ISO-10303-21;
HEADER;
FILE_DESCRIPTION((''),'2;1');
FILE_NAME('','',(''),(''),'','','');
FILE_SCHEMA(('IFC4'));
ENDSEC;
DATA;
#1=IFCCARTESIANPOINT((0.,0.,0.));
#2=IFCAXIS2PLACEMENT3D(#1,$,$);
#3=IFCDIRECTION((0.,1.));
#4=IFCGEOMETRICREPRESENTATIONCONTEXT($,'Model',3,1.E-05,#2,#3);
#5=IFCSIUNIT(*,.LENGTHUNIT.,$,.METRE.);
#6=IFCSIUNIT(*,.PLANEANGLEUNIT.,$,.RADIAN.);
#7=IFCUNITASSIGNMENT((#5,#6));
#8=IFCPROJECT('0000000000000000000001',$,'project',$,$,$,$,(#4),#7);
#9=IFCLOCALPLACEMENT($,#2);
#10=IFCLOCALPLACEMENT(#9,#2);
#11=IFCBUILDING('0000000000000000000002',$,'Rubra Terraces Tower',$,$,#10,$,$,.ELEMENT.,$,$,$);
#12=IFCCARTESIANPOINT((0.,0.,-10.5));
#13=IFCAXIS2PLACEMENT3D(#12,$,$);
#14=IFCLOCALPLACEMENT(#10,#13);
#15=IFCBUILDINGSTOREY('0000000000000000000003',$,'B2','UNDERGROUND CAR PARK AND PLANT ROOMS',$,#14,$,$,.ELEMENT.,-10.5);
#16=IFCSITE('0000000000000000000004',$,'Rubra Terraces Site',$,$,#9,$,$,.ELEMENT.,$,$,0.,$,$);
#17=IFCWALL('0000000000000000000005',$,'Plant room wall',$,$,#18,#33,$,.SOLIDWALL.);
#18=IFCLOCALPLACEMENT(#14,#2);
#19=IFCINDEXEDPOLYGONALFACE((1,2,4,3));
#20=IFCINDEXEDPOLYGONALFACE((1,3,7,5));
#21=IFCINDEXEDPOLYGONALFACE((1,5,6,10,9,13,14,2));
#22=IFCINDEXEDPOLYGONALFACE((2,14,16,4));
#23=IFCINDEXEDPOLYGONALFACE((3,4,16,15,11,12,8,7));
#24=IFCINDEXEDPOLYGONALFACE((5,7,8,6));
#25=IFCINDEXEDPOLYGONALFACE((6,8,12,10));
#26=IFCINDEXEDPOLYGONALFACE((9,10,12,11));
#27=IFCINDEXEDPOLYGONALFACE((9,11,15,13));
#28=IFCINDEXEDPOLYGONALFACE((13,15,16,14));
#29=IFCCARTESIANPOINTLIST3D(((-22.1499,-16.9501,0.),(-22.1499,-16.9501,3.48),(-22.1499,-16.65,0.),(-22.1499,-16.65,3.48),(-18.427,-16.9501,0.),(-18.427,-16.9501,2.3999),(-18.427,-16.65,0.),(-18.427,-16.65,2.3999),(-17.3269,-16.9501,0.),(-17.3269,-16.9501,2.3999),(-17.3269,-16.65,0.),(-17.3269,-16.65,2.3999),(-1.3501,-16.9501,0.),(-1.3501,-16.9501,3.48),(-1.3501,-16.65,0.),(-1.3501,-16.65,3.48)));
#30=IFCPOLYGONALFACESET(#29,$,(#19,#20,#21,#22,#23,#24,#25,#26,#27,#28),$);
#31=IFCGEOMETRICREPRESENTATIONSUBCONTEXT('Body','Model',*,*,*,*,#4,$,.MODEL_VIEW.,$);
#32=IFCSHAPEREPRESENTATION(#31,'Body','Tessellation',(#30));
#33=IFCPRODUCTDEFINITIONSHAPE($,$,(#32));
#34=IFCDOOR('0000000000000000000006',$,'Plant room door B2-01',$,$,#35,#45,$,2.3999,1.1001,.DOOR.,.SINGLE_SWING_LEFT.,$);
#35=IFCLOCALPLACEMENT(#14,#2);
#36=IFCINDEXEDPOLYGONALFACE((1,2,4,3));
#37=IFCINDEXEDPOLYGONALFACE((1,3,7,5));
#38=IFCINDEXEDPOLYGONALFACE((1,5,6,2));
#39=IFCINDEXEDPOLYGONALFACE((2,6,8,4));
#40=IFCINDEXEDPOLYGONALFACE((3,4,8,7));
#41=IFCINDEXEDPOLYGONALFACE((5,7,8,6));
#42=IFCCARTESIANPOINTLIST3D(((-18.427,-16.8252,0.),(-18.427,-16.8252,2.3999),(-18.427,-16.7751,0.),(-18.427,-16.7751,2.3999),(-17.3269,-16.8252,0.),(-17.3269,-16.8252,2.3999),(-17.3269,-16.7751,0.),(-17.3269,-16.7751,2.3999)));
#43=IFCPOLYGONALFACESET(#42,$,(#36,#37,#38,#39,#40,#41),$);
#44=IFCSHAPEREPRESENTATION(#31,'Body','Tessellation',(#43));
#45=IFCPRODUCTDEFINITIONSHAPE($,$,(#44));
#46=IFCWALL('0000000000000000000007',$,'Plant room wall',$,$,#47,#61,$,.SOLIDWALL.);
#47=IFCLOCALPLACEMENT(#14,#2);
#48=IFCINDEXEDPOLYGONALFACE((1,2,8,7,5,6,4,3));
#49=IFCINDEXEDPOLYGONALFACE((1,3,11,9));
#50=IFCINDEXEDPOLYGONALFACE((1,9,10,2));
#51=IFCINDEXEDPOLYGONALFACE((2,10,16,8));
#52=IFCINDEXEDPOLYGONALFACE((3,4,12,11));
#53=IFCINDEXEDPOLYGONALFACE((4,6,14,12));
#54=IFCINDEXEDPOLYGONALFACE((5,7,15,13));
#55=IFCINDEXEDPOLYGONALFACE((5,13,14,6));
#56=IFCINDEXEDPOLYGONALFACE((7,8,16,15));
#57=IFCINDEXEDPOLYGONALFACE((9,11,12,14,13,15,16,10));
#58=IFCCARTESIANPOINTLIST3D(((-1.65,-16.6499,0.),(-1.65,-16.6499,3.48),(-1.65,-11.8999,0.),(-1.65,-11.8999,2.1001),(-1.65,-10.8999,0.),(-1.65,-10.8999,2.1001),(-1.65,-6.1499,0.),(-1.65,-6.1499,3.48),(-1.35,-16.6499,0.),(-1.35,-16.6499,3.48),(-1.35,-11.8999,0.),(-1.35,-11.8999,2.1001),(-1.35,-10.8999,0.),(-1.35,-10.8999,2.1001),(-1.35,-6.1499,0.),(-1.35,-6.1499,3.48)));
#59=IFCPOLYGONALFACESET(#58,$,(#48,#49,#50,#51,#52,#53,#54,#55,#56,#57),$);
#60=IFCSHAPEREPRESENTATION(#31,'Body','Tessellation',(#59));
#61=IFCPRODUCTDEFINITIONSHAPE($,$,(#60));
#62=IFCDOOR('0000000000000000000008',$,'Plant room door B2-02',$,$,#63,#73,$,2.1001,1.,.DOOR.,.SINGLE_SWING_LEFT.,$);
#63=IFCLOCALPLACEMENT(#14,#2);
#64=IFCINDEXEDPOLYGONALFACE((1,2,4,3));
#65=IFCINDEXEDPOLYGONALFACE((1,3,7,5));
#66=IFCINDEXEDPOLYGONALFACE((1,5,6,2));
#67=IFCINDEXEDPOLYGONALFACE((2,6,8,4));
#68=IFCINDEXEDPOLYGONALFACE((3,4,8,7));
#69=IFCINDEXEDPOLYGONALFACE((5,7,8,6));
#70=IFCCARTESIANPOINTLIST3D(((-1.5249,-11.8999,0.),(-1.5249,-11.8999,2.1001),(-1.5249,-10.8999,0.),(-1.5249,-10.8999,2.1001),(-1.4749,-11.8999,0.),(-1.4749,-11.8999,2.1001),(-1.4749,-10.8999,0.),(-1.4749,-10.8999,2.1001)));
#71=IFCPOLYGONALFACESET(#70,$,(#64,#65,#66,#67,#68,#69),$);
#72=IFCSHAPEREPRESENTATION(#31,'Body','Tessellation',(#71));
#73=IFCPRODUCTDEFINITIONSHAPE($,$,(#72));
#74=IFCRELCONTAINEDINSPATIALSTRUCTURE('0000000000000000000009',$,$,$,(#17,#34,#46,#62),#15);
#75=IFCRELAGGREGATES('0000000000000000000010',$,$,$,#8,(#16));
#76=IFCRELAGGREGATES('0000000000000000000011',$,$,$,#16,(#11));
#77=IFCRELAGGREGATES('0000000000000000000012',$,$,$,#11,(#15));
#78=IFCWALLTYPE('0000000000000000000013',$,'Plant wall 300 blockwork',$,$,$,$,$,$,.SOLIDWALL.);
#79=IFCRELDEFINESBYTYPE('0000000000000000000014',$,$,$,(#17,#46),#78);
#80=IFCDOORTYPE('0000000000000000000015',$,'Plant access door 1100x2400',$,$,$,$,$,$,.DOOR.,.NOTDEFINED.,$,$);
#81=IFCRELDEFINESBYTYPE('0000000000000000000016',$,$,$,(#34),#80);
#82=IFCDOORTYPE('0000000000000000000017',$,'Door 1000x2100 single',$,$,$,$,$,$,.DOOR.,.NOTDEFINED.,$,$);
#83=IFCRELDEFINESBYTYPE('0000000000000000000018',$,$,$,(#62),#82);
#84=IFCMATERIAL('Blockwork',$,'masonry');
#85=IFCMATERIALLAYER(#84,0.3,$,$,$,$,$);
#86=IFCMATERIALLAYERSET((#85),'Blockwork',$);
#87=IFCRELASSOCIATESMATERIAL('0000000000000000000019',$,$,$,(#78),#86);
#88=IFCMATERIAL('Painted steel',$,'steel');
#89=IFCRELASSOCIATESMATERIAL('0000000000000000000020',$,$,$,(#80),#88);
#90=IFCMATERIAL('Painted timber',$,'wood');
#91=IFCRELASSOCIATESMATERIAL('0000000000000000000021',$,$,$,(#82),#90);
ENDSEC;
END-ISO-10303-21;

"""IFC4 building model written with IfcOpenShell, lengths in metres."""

from ifc_helpers import new_model, si_unit, direction, frame, frame_2d, origin, place, context, subcontext, project, spatial, rectangle, extrude, material, layer, layer_set, type_object, element, fill, save


model = new_model("IFC4")

# Units and contexts
model_context = context("Model", 3, precision=1e-05, world=origin(), true_north=direction((0.0, 1.0)))
body_context = subcontext(model_context, "Body", "Model", "MODEL_VIEW")
ifc_project = project(units=[si_unit("LENGTHUNIT", "METRE"), si_unit("PLANEANGLEUNIT", "RADIAN")], contexts=[model_context])

# Site, building, storey
site_placement = place(None, origin())
site = spatial("IfcSite", under=ifc_project, at=site_placement, Name="Rubra Terraces Site", CompositionType="ELEMENT", RefElevation=0.0)
building_placement = place(site_placement, origin())
building = spatial("IfcBuilding", under=site, at=building_placement, Name="Rubra Terraces Tower", CompositionType="ELEMENT")
storey_placement = place(building_placement, frame((0.0, 0.0, -10.5)))
storey = spatial("IfcBuildingStorey", under=building, at=storey_placement, Name="B2", Description="UNDERGROUND CAR PARK AND PLANT ROOMS", CompositionType="ELEMENT", Elevation=-10.5)

# Shared definitions
ifc_material_1 = material(Name="Blockwork", Category="masonry")
ifc_layer_1 = layer(ifc_material_1, 0.3)
ifc_layer_set_1 = layer_set([ifc_layer_1], Name="Blockwork")
wall_type_1 = type_object("IfcWallType", Name="Plant wall 300 blockwork", PredefinedType="SOLIDWALL", material=ifc_layer_set_1)

# Walls, openings, doors
wall_1_placement = place(storey_placement, frame((-22.1499, -16.8, 0.0), z_axis=(0.0, 0.0, 1.0), x_axis=(1.0, 0.0, 0.0)))
wall_1 = element("IfcWall", 1, at=wall_1_placement, inside=storey, type_object=wall_type_1, Name="Plant room wall", PredefinedType="SOLIDWALL", context=body_context, shape_type="SweptSolid", body=[
    extrude(rectangle(XDim=20.7998, YDim=0.3, at=frame_2d((10.3999, 0.0))), origin(), (0.0, 0.0, 1.0), 3.48),
])
opening_1_placement = place(wall_1_placement, frame((3.7229, 0.0, 0.0)))
opening_1 = element("IfcOpeningElement", 2, at=opening_1_placement, cuts=wall_1, PredefinedType="OPENING", context=body_context, shape_type="SweptSolid", body=[
    extrude(rectangle(XDim=1.1001, YDim=2.3999, at=frame_2d((0.55, 1.2))), frame((0.0, 0.1599, 0.0), z_axis=(0.0, -1.0, 0.0), x_axis=(1.0, 0.0, 0.0)), (0.0, 0.0, 1.0), 0.3201),
])
ifc_material_2 = material(Name="Painted steel", Category="steel")
door_type_1 = type_object("IfcDoorType", Name="Plant access door 1100x2400", OperationType="NOTDEFINED", PredefinedType="DOOR", material=ifc_material_2)
door_1_placement = place(opening_1_placement, origin())
door_1 = element("IfcDoor", 3, at=door_1_placement, inside=storey, type_object=door_type_1, Name="Plant room door B2-01", OperationType="SINGLE_SWING_LEFT", OverallHeight=2.3999, OverallWidth=1.1001, PredefinedType="DOOR", context=body_context, shape_type="SweptSolid", body=[
    extrude(rectangle(XDim=1.1001, YDim=2.3999, at=frame_2d((0.55, 1.2))), frame((0.0, 0.0249, 0.0), z_axis=(0.0, -1.0, 0.0), x_axis=(1.0, 0.0, 0.0)), (0.0, 0.0, 1.0), 0.05),
])
fill(opening_1, door_1)
wall_2_placement = place(storey_placement, frame((-1.5, -16.6499, 0.0), z_axis=(0.0, 0.0, 1.0), x_axis=(0.0, 1.0, 0.0)))
wall_2 = element("IfcWall", 4, at=wall_2_placement, inside=storey, type_object=wall_type_1, Name="Plant room wall", PredefinedType="SOLIDWALL", context=body_context, shape_type="SweptSolid", body=[
    extrude(rectangle(XDim=10.5, YDim=0.3, at=frame_2d((5.25, 0.0))), origin(), (0.0, 0.0, 1.0), 3.48),
])
opening_2_placement = place(wall_2_placement, frame((4.75, 0.0, 0.0)))
opening_2 = element("IfcOpeningElement", 5, at=opening_2_placement, cuts=wall_2, PredefinedType="OPENING", context=body_context, shape_type="SweptSolid", body=[
    extrude(rectangle(XDim=1.0, YDim=2.1001, at=frame_2d((0.5, 1.05))), frame((0.0, 0.1599, 0.0), z_axis=(0.0, -1.0, 0.0), x_axis=(1.0, 0.0, 0.0)), (0.0, 0.0, 1.0), 0.3201),
])
ifc_material_3 = material(Name="Painted timber", Category="wood")
door_type_2 = type_object("IfcDoorType", Name="Door 1000x2100 single", OperationType="NOTDEFINED", PredefinedType="DOOR", material=ifc_material_3)
door_2_placement = place(opening_2_placement, origin())
door_2 = element("IfcDoor", 6, at=door_2_placement, inside=storey, type_object=door_type_2, Name="Plant room door B2-02", OperationType="SINGLE_SWING_LEFT", OverallHeight=2.1001, OverallWidth=1.0, PredefinedType="DOOR", context=body_context, shape_type="SweptSolid", body=[
    extrude(rectangle(XDim=1.0, YDim=2.1001, at=frame_2d((0.5, 1.05))), frame((0.0, 0.0249, 0.0), z_axis=(0.0, -1.0, 0.0), x_axis=(1.0, 0.0, 0.0)), (0.0, 0.0, 1.0), 0.05),
])
fill(opening_2, door_2)

save(model, "model.ifc")
